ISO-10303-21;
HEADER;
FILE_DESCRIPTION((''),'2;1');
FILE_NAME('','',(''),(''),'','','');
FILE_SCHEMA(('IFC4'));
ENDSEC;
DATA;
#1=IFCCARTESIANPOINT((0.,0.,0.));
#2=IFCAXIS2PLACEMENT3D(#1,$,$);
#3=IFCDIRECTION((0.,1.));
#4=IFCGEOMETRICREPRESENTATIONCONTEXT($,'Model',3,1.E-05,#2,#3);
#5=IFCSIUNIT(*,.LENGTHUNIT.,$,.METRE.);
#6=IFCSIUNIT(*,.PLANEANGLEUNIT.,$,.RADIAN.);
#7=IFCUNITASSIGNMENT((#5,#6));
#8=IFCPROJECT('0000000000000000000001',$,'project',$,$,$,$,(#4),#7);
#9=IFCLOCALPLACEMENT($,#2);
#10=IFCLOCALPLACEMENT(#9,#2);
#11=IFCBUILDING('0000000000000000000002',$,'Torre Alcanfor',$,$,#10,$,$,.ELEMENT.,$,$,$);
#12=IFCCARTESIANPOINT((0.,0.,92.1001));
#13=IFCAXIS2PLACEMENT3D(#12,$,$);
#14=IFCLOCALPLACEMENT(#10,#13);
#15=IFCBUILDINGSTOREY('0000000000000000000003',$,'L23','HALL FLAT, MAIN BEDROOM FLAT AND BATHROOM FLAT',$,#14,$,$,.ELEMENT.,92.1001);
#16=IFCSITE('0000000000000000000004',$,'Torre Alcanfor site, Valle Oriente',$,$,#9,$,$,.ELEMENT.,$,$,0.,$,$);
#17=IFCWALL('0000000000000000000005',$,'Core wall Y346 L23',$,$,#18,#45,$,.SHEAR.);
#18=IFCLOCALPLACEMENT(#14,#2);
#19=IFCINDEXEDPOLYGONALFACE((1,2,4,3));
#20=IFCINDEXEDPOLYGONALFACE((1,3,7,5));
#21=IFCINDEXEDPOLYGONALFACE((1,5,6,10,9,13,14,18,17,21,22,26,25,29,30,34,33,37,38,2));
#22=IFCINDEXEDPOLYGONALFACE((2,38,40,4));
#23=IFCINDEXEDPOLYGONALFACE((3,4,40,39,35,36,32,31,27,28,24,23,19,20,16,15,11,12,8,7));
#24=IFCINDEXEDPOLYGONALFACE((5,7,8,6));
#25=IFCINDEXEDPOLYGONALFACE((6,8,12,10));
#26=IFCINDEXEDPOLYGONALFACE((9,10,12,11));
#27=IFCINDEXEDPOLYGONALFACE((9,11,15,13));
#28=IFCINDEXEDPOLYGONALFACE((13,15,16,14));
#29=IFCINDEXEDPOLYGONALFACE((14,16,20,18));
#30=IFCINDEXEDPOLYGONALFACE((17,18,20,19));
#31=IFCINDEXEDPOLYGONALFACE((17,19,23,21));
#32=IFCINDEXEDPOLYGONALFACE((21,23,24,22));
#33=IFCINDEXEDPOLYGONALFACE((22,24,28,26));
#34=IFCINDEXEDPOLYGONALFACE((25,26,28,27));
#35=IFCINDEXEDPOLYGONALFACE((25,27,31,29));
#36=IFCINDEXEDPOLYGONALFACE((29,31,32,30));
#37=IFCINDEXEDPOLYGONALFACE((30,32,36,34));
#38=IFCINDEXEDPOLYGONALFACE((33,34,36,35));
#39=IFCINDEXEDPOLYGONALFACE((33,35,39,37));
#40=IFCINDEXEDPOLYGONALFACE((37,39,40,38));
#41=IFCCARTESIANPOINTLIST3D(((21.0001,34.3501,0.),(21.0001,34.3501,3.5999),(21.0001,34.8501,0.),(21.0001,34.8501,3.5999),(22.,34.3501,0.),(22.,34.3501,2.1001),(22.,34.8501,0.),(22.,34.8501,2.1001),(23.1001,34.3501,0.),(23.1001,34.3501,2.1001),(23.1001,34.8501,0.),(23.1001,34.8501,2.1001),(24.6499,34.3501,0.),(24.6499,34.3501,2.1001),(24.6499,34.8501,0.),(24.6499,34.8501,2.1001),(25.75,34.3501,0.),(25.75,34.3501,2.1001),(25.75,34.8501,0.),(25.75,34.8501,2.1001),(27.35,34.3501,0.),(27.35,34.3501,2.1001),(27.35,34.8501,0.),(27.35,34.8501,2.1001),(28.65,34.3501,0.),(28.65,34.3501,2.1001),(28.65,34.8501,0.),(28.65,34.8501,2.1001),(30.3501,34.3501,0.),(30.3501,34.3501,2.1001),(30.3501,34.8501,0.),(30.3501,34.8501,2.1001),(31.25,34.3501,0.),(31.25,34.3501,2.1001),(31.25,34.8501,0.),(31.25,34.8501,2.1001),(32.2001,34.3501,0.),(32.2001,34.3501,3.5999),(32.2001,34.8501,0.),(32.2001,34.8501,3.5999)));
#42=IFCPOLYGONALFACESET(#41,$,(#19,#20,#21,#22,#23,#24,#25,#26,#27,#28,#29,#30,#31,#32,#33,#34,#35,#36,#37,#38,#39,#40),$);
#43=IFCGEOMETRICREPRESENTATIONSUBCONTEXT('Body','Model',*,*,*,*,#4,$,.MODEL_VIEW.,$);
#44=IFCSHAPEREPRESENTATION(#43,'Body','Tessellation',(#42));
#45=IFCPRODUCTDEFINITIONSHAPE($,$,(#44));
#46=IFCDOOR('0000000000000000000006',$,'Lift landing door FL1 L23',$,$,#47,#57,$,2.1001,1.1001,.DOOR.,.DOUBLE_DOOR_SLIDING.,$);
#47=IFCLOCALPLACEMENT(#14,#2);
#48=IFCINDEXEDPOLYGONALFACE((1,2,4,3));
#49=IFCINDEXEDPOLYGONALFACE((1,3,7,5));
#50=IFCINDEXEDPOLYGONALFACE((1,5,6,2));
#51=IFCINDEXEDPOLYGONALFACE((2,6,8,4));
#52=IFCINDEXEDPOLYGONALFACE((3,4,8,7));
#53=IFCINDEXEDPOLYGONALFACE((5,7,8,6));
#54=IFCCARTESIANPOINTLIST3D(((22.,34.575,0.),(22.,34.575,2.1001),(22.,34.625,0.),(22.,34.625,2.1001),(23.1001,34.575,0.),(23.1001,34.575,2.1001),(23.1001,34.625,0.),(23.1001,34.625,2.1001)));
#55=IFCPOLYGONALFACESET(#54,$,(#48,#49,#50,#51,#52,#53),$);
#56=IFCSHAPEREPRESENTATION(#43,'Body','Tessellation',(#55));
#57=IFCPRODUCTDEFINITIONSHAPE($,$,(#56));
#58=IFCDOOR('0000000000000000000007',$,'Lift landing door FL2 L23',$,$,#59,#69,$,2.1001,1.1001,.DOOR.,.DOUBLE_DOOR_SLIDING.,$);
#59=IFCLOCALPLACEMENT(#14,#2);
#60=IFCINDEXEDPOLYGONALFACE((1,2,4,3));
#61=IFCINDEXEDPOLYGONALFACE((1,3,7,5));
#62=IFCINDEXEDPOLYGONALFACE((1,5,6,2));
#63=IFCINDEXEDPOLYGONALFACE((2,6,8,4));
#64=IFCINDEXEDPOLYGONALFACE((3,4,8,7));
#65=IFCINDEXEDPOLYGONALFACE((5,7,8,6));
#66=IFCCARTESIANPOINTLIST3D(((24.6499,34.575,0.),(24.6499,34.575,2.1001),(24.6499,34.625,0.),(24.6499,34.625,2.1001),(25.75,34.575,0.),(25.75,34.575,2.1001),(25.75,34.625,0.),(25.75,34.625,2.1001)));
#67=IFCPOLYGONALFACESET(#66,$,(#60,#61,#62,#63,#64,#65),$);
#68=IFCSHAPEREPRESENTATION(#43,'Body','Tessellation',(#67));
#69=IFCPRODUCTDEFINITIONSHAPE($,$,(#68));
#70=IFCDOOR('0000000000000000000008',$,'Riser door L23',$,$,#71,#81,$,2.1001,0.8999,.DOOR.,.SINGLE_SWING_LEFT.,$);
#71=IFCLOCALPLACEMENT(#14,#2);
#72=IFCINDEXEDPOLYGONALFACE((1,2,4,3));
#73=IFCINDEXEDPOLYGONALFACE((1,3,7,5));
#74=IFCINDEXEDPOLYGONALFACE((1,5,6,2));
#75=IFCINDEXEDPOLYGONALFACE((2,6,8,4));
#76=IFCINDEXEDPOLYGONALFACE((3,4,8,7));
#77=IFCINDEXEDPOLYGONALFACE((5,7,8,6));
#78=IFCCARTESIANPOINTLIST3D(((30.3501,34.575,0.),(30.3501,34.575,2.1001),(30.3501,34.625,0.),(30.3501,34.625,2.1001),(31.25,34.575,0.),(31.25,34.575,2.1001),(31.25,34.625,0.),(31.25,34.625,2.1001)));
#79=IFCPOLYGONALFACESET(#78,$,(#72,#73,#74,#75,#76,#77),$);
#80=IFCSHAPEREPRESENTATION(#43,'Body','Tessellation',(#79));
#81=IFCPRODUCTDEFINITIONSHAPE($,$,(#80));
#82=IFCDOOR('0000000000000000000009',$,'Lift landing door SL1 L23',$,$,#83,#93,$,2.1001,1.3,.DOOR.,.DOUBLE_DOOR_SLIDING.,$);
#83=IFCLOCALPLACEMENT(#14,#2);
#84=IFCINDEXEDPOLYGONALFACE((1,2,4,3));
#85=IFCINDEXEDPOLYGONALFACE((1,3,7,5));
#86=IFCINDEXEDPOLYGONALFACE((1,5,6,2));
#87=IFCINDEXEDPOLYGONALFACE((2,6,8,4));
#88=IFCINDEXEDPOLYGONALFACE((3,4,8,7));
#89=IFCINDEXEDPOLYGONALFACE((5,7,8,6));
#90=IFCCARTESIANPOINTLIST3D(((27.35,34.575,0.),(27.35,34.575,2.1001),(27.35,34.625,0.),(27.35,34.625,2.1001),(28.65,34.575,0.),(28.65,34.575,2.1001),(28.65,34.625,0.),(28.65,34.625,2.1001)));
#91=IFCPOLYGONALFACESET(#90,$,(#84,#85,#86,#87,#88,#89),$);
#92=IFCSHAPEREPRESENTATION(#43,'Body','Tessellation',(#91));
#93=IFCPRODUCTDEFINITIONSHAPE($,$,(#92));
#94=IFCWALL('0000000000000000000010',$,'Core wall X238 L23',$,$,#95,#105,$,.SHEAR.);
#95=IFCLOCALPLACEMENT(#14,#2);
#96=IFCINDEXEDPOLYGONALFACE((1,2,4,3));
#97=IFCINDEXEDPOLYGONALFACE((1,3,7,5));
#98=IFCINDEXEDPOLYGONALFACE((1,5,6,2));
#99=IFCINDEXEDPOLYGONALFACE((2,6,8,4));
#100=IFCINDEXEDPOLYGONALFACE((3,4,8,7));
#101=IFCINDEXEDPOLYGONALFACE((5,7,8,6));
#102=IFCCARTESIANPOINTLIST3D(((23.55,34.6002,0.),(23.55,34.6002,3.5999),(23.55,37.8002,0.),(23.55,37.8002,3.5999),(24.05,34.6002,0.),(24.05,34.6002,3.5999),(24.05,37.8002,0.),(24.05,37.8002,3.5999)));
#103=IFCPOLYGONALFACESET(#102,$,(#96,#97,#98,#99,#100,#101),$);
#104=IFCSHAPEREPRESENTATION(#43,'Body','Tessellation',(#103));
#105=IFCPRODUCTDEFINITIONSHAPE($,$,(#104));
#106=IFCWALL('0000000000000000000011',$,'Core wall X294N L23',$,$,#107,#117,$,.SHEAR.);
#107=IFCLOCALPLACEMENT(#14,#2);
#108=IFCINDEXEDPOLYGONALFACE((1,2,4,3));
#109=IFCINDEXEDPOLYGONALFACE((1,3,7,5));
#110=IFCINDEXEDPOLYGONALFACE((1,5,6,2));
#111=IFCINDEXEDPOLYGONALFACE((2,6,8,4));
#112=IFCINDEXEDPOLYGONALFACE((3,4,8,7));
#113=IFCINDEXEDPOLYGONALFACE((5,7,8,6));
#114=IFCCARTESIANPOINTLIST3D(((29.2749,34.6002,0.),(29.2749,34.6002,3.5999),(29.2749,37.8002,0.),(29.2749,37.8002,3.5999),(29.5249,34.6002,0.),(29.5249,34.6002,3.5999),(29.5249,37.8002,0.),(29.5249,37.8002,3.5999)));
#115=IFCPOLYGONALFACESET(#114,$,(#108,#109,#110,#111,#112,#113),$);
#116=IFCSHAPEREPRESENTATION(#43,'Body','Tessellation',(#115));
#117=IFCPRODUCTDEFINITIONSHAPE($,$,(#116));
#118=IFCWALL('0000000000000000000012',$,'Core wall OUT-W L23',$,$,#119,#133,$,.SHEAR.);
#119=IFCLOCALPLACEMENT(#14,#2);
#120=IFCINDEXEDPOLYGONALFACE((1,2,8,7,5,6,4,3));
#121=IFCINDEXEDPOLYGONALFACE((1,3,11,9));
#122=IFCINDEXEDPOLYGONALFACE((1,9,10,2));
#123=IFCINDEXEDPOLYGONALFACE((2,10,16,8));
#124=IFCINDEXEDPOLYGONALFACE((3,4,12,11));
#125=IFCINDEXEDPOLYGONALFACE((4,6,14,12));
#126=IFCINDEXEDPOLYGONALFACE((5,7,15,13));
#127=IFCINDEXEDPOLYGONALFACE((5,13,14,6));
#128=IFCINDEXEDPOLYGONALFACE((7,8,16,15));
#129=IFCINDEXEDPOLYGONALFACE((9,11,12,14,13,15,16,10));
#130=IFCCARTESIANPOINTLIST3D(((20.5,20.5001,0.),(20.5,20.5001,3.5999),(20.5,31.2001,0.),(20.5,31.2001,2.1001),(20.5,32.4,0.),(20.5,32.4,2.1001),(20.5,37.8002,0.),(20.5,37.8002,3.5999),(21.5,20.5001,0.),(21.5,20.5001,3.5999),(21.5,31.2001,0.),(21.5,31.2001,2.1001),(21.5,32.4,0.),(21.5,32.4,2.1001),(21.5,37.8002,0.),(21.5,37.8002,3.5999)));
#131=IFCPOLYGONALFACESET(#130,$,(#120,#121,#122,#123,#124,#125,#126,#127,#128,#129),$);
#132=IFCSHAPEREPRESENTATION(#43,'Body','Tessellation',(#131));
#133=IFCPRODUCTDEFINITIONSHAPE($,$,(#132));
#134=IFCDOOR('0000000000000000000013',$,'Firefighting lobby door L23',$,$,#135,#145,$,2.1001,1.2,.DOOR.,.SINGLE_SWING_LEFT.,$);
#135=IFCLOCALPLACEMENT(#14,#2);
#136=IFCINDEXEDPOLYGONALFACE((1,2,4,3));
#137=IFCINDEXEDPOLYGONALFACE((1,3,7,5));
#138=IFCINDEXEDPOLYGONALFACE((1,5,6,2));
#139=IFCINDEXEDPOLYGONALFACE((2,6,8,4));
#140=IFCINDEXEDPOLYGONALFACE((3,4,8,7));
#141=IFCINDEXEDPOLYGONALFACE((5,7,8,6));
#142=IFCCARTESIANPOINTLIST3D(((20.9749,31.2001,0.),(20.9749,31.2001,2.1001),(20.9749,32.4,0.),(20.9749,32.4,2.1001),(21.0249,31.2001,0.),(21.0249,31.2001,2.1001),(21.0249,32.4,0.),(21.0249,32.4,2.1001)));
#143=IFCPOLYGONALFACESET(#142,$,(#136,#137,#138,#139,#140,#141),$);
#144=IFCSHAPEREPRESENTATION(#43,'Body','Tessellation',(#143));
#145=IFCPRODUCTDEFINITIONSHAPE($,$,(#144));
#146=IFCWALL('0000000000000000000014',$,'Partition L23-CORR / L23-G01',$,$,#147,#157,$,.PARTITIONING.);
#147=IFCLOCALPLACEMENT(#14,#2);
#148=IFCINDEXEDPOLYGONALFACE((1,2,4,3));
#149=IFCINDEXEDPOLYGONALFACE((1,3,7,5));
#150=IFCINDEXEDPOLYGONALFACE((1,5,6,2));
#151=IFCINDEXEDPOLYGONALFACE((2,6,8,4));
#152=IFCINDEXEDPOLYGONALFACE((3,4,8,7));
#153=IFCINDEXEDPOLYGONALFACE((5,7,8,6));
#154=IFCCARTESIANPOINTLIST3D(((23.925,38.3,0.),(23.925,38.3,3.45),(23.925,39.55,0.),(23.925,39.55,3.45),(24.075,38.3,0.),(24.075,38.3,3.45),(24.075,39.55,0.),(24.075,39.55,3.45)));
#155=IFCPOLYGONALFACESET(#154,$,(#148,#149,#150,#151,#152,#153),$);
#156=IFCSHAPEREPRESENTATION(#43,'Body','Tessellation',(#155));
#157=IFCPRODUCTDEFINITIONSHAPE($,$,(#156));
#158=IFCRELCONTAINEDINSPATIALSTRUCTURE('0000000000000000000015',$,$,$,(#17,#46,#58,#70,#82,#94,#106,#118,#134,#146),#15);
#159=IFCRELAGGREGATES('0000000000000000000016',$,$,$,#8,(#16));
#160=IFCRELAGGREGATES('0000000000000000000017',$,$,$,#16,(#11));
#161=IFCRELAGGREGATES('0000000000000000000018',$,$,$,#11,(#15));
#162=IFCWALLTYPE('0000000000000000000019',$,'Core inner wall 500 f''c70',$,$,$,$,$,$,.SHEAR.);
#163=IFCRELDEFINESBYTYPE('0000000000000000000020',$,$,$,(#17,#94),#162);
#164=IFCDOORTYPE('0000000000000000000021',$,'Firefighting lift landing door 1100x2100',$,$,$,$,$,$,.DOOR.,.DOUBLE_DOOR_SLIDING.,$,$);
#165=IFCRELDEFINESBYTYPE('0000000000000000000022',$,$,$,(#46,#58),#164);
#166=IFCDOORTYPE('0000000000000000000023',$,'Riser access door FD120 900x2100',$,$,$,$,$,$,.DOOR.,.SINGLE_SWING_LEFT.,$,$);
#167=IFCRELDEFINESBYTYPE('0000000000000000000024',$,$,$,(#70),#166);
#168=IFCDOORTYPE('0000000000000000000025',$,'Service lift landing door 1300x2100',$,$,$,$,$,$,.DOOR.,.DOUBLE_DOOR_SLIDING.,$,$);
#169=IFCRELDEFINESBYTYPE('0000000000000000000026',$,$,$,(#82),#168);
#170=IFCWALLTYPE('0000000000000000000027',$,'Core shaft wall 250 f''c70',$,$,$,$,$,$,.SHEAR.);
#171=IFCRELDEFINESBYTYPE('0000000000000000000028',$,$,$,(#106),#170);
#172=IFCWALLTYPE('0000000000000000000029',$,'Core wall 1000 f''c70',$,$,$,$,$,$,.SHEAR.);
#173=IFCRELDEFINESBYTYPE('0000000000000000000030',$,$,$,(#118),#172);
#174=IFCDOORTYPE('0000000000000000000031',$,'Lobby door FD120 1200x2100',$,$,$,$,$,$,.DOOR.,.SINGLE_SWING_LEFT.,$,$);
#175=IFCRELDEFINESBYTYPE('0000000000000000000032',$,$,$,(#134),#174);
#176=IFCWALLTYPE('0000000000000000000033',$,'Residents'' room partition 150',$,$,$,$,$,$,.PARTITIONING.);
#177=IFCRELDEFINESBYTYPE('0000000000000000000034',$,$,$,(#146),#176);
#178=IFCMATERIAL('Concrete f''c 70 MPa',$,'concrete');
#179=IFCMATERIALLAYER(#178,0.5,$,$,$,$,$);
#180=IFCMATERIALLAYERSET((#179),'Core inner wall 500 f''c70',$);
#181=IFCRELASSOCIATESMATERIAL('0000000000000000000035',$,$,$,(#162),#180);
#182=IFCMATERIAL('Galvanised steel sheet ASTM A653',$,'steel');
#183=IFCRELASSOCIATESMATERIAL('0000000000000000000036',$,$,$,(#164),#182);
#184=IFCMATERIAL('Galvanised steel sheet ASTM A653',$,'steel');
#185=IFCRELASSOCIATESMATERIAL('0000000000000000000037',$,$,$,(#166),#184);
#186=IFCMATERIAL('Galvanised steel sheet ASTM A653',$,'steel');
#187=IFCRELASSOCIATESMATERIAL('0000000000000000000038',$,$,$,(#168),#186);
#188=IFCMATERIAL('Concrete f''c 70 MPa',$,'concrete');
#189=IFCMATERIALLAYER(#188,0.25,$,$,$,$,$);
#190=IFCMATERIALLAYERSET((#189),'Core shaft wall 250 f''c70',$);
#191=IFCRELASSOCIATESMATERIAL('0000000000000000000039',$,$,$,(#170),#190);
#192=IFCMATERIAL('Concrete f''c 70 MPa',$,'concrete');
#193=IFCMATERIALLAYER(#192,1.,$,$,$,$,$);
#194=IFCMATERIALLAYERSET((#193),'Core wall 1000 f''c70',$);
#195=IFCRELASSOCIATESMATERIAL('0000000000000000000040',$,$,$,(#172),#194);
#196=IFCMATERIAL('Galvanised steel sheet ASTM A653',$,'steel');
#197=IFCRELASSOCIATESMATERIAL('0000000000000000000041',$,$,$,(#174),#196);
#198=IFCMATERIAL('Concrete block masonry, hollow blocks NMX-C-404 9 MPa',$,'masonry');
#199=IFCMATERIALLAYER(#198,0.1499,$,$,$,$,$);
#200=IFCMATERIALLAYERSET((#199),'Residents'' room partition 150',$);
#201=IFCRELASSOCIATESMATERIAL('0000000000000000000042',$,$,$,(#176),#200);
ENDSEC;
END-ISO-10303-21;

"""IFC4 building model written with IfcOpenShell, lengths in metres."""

from ifc_helpers import new_model, si_unit, direction, frame, frame_2d, origin, place, context, subcontext, project, spatial, rectangle, extrude, material, layer, layer_set, type_object, element, fill, save


model = new_model("IFC4")

# Units and contexts
model_context = context("Model", 3, precision=1e-05, world=origin(), true_north=direction((0.0, 1.0)))
body_context = subcontext(model_context, "Body", "Model", "MODEL_VIEW")
ifc_project = project(units=[si_unit("LENGTHUNIT", "METRE"), si_unit("PLANEANGLEUNIT", "RADIAN")], contexts=[model_context])

# Site, building, storey
site_placement = place(None, origin())
site = spatial("IfcSite", under=ifc_project, at=site_placement, Name="Torre Alcanfor site, Valle Oriente", CompositionType="ELEMENT", RefElevation=0.0)
building_placement = place(site_placement, origin())
building = spatial("IfcBuilding", under=site, at=building_placement, Name="Torre Alcanfor", CompositionType="ELEMENT")
storey_placement = place(building_placement, frame((0.0, 0.0, 92.1001)))
storey = spatial("IfcBuildingStorey", under=building, at=storey_placement, Name="L23", Description="HALL FLAT, MAIN BEDROOM FLAT AND BATHROOM FLAT", CompositionType="ELEMENT", Elevation=92.1001)

# Shared definitions
ifc_material_1 = material(Name="Concrete f'c 70 MPa", Category="concrete")
ifc_layer_1 = layer(ifc_material_1, 0.5)
ifc_layer_set_1 = layer_set([ifc_layer_1], Name="Core inner wall 500 f'c70")
wall_type_1 = type_object("IfcWallType", Name="Core inner wall 500 f'c70", PredefinedType="SHEAR", material=ifc_layer_set_1)

# Wall, openings, doors
wall_1_placement = place(storey_placement, frame((21.0, 34.6001, 0.0), z_axis=(0.0, 0.0, 1.0), x_axis=(1.0, 0.0, 0.0)))
wall_1 = element("IfcWall", 1, at=wall_1_placement, inside=storey, type_object=wall_type_1, Name="Core wall Y346 L23", PredefinedType="SHEAR", context=body_context, shape_type="SweptSolid", body=[
    extrude(rectangle(XDim=11.2, YDim=0.5, at=frame_2d((5.6001, 0.0))), origin(), (0.0, 0.0, 1.0), 3.5999),
])
opening_1_placement = place(wall_1_placement, frame((9.3501, 0.0, 0.0)))
opening_1 = element("IfcOpeningElement", 2, at=opening_1_placement, cuts=wall_1, PredefinedType="OPENING", context=body_context, shape_type="SweptSolid", body=[
    extrude(rectangle(XDim=0.8999, YDim=2.1001, at=frame_2d((0.45, 1.05))), frame((0.0, 0.26, 0.0), z_axis=(0.0, -1.0, 0.0), x_axis=(1.0, 0.0, 0.0)), (0.0, 0.0, 1.0), 0.52),
])
opening_2_placement = place(wall_1_placement, frame((1.0, 0.0, 0.0)))
opening_2 = element("IfcOpeningElement", 3, at=opening_2_placement, cuts=wall_1, PredefinedType="OPENING", context=body_context, shape_type="SweptSolid", body=[
    extrude(rectangle(XDim=1.1001, YDim=2.1001, at=frame_2d((0.55, 1.05))), frame((0.0, 0.26, 0.0), z_axis=(0.0, -1.0, 0.0), x_axis=(1.0, 0.0, 0.0)), (0.0, 0.0, 1.0), 0.52),
])
opening_3_placement = place(wall_1_placement, frame((3.6499, 0.0, 0.0)))
opening_3 = element("IfcOpeningElement", 4, at=opening_3_placement, cuts=wall_1, PredefinedType="OPENING", context=body_context, shape_type="SweptSolid", body=[
    extrude(rectangle(XDim=1.1001, YDim=2.1001, at=frame_2d((0.55, 1.05))), frame((0.0, 0.26, 0.0), z_axis=(0.0, -1.0, 0.0), x_axis=(1.0, 0.0, 0.0)), (0.0, 0.0, 1.0), 0.52),
])
opening_4_placement = place(wall_1_placement, frame((6.3501, 0.0, 0.0)))
opening_4 = element("IfcOpeningElement", 5, at=opening_4_placement, cuts=wall_1, PredefinedType="OPENING", context=body_context, shape_type="SweptSolid", body=[
    extrude(rectangle(XDim=1.3, YDim=2.1001, at=frame_2d((0.6499, 1.05))), frame((0.0, 0.26, 0.0), z_axis=(0.0, -1.0, 0.0), x_axis=(1.0, 0.0, 0.0)), (0.0, 0.0, 1.0), 0.52),
])
ifc_material_2 = material(Name="Galvanised steel sheet ASTM A653", Category="steel")
door_type_1 = type_object("IfcDoorType", Name="Firefighting lift landing door 1100x2100", OperationType="DOUBLE_DOOR_SLIDING", PredefinedType="DOOR", material=ifc_material_2)
door_1_placement = place(opening_2_placement, origin())
door_1 = element("IfcDoor", 6, at=door_1_placement, inside=storey, type_object=door_type_1, Name="Lift landing door FL1 L23", OperationType="DOUBLE_DOOR_SLIDING", OverallHeight=2.1001, OverallWidth=1.1001, PredefinedType="DOOR", context=body_context, shape_type="SweptSolid", body=[
    extrude(rectangle(XDim=1.1001, YDim=2.1001, at=frame_2d((0.55, 1.05))), frame((0.0, 0.0249, 0.0), z_axis=(0.0, -1.0, 0.0), x_axis=(1.0, 0.0, 0.0)), (0.0, 0.0, 1.0), 0.05),
])
fill(opening_2, door_1)
door_2_placement = place(opening_3_placement, origin())
door_2 = element("IfcDoor", 7, at=door_2_placement, inside=storey, type_object=door_type_1, Name="Lift landing door FL2 L23", OperationType="DOUBLE_DOOR_SLIDING", OverallHeight=2.1001, OverallWidth=1.1001, PredefinedType="DOOR", context=body_context, shape_type="SweptSolid", body=[
    extrude(rectangle(XDim=1.1001, YDim=2.1001, at=frame_2d((0.55, 1.05))), frame((0.0, 0.0249, 0.0), z_axis=(0.0, -1.0, 0.0), x_axis=(1.0, 0.0, 0.0)), (0.0, 0.0, 1.0), 0.05),
])
fill(opening_3, door_2)
ifc_material_3 = material(Name="Galvanised steel sheet ASTM A653", Category="steel")
door_type_2 = type_object("IfcDoorType", Name="Riser access door FD120 900x2100", OperationType="SINGLE_SWING_LEFT", PredefinedType="DOOR", material=ifc_material_3)
door_3_placement = place(opening_1_placement, origin())
door_3 = element("IfcDoor", 8, at=door_3_placement, inside=storey, type_object=door_type_2, Name="Riser door L23", OperationType="SINGLE_SWING_LEFT", OverallHeight=2.1001, OverallWidth=0.8999, PredefinedType="DOOR", context=body_context, shape_type="SweptSolid", body=[
    extrude(rectangle(XDim=0.8999, YDim=2.1001, at=frame_2d((0.45, 1.05))), frame((0.0, 0.0249, 0.0), z_axis=(0.0, -1.0, 0.0), x_axis=(1.0, 0.0, 0.0)), (0.0, 0.0, 1.0), 0.05),
])
fill(opening_1, door_3)
ifc_material_4 = material(Name="Galvanised steel sheet ASTM A653", Category="steel")
door_type_3 = type_object("IfcDoorType", Name="Service lift landing door 1300x2100", OperationType="DOUBLE_DOOR_SLIDING", PredefinedType="DOOR", material=ifc_material_4)
door_4_placement = place(opening_4_placement, origin())
door_4 = element("IfcDoor", 9, at=door_4_placement, inside=storey, type_object=door_type_3, Name="Lift landing door SL1 L23", OperationType="DOUBLE_DOOR_SLIDING", OverallHeight=2.1001, OverallWidth=1.3, PredefinedType="DOOR", context=body_context, shape_type="SweptSolid", body=[
    extrude(rectangle(XDim=1.3, YDim=2.1001, at=frame_2d((0.6499, 1.05))), frame((0.0, 0.0249, 0.0), z_axis=(0.0, -1.0, 0.0), x_axis=(1.0, 0.0, 0.0)), (0.0, 0.0, 1.0), 0.05),
])
fill(opening_4, door_4)

# Walls
wall_2_placement = place(storey_placement, frame((23.8, 34.6001, 0.0), z_axis=(0.0, 0.0, 1.0), x_axis=(0.0, 1.0, 0.0)))
element("IfcWall", 10, at=wall_2_placement, inside=storey, type_object=wall_type_1, Name="Core wall X238 L23", PredefinedType="SHEAR", context=body_context, shape_type="SweptSolid", body=[
    extrude(rectangle(XDim=3.2, YDim=0.5, at=frame_2d((1.6001, 0.0))), origin(), (0.0, 0.0, 1.0), 3.5999),
])
ifc_material_5 = material(Name="Concrete f'c 70 MPa", Category="concrete")
ifc_layer_2 = layer(ifc_material_5, 0.25)
ifc_layer_set_2 = layer_set([ifc_layer_2], Name="Core shaft wall 250 f'c70")
wall_type_2 = type_object("IfcWallType", Name="Core shaft wall 250 f'c70", PredefinedType="SHEAR", material=ifc_layer_set_2)
wall_3_placement = place(storey_placement, frame((29.3999, 34.6001, 0.0), z_axis=(0.0, 0.0, 1.0), x_axis=(0.0, 1.0, 0.0)))
element("IfcWall", 11, at=wall_3_placement, inside=storey, type_object=wall_type_2, Name="Core wall X294N L23", PredefinedType="SHEAR", context=body_context, shape_type="SweptSolid", body=[
    extrude(rectangle(XDim=3.2, YDim=0.25, at=frame_2d((1.6001, 0.0))), origin(), (0.0, 0.0, 1.0), 3.5999),
])

# Wall, opening, door
ifc_material_6 = material(Name="Concrete f'c 70 MPa", Category="concrete")
ifc_layer_3 = layer(ifc_material_6, 1.0)
ifc_layer_set_3 = layer_set([ifc_layer_3], Name="Core wall 1000 f'c70")
wall_type_3 = type_object("IfcWallType", Name="Core wall 1000 f'c70", PredefinedType="SHEAR", material=ifc_layer_set_3)
wall_4_placement = place(storey_placement, frame((21.0, 37.8, 0.0), z_axis=(0.0, 0.0, 1.0), x_axis=(0.0, -1.0, 0.0)))
wall_4 = element("IfcWall", 12, at=wall_4_placement, inside=storey, type_object=wall_type_3, Name="Core wall OUT-W L23", PredefinedType="SHEAR", context=body_context, shape_type="SweptSolid", body=[
    extrude(rectangle(XDim=17.3, YDim=1.0, at=frame_2d((8.6499, 0.0))), origin(), (0.0, 0.0, 1.0), 3.5999),
])
opening_5_placement = place(wall_4_placement, frame((5.3999, 0.0, 0.0)))
opening_5 = element("IfcOpeningElement", 13, at=opening_5_placement, cuts=wall_4, PredefinedType="OPENING", context=body_context, shape_type="SweptSolid", body=[
    extrude(rectangle(XDim=1.2, YDim=2.1001, at=frame_2d((0.6001, 1.05))), frame((0.0, 0.51, 0.0), z_axis=(0.0, -1.0, 0.0), x_axis=(1.0, 0.0, 0.0)), (0.0, 0.0, 1.0), 1.02),
])
ifc_material_7 = material(Name="Galvanised steel sheet ASTM A653", Category="steel")
door_type_4 = type_object("IfcDoorType", Name="Lobby door FD120 1200x2100", OperationType="SINGLE_SWING_LEFT", PredefinedType="DOOR", material=ifc_material_7)
door_5_placement = place(opening_5_placement, origin())
door_5 = element("IfcDoor", 14, at=door_5_placement, inside=storey, type_object=door_type_4, Name="Firefighting lobby door L23", OperationType="SINGLE_SWING_LEFT", OverallHeight=2.1001, OverallWidth=1.2, PredefinedType="DOOR", context=body_context, shape_type="SweptSolid", body=[
    extrude(rectangle(XDim=1.2, YDim=2.1001, at=frame_2d((0.6001, 1.05))), frame((0.0, 0.0249, 0.0), z_axis=(0.0, -1.0, 0.0), x_axis=(1.0, 0.0, 0.0)), (0.0, 0.0, 1.0), 0.05),
])
fill(opening_5, door_5)

# Wall
ifc_material_8 = material(Name="Concrete block masonry, hollow blocks NMX-C-404 9 MPa", Category="masonry")
ifc_layer_4 = layer(ifc_material_8, 0.1499)
ifc_layer_set_4 = layer_set([ifc_layer_4], Name="Residents' room partition 150")
wall_type_4 = type_object("IfcWallType", Name="Residents' room partition 150", PredefinedType="PARTITIONING", material=ifc_layer_set_4)
for number, where, z_axis, x_axis, name in (
    (15, (24.0, 38.3, 0.0), (0.0, 0.0, 1.0), (0.0, 1.0, 0.0), "Partition L23-CORR / L23-G01"),
):
    element("IfcWall", number, at=place(storey_placement, frame(where, z_axis=z_axis, x_axis=x_axis)), inside=storey, type_object=wall_type_4, Name=name, PredefinedType="PARTITIONING", context=body_context, shape_type="SweptSolid", body=[
        extrude(rectangle(XDim=1.25, YDim=0.1499, at=frame_2d((0.625, 0.0))), origin(), (0.0, 0.0, 1.0), 3.45),
    ])

save(model, "model.ifc")
